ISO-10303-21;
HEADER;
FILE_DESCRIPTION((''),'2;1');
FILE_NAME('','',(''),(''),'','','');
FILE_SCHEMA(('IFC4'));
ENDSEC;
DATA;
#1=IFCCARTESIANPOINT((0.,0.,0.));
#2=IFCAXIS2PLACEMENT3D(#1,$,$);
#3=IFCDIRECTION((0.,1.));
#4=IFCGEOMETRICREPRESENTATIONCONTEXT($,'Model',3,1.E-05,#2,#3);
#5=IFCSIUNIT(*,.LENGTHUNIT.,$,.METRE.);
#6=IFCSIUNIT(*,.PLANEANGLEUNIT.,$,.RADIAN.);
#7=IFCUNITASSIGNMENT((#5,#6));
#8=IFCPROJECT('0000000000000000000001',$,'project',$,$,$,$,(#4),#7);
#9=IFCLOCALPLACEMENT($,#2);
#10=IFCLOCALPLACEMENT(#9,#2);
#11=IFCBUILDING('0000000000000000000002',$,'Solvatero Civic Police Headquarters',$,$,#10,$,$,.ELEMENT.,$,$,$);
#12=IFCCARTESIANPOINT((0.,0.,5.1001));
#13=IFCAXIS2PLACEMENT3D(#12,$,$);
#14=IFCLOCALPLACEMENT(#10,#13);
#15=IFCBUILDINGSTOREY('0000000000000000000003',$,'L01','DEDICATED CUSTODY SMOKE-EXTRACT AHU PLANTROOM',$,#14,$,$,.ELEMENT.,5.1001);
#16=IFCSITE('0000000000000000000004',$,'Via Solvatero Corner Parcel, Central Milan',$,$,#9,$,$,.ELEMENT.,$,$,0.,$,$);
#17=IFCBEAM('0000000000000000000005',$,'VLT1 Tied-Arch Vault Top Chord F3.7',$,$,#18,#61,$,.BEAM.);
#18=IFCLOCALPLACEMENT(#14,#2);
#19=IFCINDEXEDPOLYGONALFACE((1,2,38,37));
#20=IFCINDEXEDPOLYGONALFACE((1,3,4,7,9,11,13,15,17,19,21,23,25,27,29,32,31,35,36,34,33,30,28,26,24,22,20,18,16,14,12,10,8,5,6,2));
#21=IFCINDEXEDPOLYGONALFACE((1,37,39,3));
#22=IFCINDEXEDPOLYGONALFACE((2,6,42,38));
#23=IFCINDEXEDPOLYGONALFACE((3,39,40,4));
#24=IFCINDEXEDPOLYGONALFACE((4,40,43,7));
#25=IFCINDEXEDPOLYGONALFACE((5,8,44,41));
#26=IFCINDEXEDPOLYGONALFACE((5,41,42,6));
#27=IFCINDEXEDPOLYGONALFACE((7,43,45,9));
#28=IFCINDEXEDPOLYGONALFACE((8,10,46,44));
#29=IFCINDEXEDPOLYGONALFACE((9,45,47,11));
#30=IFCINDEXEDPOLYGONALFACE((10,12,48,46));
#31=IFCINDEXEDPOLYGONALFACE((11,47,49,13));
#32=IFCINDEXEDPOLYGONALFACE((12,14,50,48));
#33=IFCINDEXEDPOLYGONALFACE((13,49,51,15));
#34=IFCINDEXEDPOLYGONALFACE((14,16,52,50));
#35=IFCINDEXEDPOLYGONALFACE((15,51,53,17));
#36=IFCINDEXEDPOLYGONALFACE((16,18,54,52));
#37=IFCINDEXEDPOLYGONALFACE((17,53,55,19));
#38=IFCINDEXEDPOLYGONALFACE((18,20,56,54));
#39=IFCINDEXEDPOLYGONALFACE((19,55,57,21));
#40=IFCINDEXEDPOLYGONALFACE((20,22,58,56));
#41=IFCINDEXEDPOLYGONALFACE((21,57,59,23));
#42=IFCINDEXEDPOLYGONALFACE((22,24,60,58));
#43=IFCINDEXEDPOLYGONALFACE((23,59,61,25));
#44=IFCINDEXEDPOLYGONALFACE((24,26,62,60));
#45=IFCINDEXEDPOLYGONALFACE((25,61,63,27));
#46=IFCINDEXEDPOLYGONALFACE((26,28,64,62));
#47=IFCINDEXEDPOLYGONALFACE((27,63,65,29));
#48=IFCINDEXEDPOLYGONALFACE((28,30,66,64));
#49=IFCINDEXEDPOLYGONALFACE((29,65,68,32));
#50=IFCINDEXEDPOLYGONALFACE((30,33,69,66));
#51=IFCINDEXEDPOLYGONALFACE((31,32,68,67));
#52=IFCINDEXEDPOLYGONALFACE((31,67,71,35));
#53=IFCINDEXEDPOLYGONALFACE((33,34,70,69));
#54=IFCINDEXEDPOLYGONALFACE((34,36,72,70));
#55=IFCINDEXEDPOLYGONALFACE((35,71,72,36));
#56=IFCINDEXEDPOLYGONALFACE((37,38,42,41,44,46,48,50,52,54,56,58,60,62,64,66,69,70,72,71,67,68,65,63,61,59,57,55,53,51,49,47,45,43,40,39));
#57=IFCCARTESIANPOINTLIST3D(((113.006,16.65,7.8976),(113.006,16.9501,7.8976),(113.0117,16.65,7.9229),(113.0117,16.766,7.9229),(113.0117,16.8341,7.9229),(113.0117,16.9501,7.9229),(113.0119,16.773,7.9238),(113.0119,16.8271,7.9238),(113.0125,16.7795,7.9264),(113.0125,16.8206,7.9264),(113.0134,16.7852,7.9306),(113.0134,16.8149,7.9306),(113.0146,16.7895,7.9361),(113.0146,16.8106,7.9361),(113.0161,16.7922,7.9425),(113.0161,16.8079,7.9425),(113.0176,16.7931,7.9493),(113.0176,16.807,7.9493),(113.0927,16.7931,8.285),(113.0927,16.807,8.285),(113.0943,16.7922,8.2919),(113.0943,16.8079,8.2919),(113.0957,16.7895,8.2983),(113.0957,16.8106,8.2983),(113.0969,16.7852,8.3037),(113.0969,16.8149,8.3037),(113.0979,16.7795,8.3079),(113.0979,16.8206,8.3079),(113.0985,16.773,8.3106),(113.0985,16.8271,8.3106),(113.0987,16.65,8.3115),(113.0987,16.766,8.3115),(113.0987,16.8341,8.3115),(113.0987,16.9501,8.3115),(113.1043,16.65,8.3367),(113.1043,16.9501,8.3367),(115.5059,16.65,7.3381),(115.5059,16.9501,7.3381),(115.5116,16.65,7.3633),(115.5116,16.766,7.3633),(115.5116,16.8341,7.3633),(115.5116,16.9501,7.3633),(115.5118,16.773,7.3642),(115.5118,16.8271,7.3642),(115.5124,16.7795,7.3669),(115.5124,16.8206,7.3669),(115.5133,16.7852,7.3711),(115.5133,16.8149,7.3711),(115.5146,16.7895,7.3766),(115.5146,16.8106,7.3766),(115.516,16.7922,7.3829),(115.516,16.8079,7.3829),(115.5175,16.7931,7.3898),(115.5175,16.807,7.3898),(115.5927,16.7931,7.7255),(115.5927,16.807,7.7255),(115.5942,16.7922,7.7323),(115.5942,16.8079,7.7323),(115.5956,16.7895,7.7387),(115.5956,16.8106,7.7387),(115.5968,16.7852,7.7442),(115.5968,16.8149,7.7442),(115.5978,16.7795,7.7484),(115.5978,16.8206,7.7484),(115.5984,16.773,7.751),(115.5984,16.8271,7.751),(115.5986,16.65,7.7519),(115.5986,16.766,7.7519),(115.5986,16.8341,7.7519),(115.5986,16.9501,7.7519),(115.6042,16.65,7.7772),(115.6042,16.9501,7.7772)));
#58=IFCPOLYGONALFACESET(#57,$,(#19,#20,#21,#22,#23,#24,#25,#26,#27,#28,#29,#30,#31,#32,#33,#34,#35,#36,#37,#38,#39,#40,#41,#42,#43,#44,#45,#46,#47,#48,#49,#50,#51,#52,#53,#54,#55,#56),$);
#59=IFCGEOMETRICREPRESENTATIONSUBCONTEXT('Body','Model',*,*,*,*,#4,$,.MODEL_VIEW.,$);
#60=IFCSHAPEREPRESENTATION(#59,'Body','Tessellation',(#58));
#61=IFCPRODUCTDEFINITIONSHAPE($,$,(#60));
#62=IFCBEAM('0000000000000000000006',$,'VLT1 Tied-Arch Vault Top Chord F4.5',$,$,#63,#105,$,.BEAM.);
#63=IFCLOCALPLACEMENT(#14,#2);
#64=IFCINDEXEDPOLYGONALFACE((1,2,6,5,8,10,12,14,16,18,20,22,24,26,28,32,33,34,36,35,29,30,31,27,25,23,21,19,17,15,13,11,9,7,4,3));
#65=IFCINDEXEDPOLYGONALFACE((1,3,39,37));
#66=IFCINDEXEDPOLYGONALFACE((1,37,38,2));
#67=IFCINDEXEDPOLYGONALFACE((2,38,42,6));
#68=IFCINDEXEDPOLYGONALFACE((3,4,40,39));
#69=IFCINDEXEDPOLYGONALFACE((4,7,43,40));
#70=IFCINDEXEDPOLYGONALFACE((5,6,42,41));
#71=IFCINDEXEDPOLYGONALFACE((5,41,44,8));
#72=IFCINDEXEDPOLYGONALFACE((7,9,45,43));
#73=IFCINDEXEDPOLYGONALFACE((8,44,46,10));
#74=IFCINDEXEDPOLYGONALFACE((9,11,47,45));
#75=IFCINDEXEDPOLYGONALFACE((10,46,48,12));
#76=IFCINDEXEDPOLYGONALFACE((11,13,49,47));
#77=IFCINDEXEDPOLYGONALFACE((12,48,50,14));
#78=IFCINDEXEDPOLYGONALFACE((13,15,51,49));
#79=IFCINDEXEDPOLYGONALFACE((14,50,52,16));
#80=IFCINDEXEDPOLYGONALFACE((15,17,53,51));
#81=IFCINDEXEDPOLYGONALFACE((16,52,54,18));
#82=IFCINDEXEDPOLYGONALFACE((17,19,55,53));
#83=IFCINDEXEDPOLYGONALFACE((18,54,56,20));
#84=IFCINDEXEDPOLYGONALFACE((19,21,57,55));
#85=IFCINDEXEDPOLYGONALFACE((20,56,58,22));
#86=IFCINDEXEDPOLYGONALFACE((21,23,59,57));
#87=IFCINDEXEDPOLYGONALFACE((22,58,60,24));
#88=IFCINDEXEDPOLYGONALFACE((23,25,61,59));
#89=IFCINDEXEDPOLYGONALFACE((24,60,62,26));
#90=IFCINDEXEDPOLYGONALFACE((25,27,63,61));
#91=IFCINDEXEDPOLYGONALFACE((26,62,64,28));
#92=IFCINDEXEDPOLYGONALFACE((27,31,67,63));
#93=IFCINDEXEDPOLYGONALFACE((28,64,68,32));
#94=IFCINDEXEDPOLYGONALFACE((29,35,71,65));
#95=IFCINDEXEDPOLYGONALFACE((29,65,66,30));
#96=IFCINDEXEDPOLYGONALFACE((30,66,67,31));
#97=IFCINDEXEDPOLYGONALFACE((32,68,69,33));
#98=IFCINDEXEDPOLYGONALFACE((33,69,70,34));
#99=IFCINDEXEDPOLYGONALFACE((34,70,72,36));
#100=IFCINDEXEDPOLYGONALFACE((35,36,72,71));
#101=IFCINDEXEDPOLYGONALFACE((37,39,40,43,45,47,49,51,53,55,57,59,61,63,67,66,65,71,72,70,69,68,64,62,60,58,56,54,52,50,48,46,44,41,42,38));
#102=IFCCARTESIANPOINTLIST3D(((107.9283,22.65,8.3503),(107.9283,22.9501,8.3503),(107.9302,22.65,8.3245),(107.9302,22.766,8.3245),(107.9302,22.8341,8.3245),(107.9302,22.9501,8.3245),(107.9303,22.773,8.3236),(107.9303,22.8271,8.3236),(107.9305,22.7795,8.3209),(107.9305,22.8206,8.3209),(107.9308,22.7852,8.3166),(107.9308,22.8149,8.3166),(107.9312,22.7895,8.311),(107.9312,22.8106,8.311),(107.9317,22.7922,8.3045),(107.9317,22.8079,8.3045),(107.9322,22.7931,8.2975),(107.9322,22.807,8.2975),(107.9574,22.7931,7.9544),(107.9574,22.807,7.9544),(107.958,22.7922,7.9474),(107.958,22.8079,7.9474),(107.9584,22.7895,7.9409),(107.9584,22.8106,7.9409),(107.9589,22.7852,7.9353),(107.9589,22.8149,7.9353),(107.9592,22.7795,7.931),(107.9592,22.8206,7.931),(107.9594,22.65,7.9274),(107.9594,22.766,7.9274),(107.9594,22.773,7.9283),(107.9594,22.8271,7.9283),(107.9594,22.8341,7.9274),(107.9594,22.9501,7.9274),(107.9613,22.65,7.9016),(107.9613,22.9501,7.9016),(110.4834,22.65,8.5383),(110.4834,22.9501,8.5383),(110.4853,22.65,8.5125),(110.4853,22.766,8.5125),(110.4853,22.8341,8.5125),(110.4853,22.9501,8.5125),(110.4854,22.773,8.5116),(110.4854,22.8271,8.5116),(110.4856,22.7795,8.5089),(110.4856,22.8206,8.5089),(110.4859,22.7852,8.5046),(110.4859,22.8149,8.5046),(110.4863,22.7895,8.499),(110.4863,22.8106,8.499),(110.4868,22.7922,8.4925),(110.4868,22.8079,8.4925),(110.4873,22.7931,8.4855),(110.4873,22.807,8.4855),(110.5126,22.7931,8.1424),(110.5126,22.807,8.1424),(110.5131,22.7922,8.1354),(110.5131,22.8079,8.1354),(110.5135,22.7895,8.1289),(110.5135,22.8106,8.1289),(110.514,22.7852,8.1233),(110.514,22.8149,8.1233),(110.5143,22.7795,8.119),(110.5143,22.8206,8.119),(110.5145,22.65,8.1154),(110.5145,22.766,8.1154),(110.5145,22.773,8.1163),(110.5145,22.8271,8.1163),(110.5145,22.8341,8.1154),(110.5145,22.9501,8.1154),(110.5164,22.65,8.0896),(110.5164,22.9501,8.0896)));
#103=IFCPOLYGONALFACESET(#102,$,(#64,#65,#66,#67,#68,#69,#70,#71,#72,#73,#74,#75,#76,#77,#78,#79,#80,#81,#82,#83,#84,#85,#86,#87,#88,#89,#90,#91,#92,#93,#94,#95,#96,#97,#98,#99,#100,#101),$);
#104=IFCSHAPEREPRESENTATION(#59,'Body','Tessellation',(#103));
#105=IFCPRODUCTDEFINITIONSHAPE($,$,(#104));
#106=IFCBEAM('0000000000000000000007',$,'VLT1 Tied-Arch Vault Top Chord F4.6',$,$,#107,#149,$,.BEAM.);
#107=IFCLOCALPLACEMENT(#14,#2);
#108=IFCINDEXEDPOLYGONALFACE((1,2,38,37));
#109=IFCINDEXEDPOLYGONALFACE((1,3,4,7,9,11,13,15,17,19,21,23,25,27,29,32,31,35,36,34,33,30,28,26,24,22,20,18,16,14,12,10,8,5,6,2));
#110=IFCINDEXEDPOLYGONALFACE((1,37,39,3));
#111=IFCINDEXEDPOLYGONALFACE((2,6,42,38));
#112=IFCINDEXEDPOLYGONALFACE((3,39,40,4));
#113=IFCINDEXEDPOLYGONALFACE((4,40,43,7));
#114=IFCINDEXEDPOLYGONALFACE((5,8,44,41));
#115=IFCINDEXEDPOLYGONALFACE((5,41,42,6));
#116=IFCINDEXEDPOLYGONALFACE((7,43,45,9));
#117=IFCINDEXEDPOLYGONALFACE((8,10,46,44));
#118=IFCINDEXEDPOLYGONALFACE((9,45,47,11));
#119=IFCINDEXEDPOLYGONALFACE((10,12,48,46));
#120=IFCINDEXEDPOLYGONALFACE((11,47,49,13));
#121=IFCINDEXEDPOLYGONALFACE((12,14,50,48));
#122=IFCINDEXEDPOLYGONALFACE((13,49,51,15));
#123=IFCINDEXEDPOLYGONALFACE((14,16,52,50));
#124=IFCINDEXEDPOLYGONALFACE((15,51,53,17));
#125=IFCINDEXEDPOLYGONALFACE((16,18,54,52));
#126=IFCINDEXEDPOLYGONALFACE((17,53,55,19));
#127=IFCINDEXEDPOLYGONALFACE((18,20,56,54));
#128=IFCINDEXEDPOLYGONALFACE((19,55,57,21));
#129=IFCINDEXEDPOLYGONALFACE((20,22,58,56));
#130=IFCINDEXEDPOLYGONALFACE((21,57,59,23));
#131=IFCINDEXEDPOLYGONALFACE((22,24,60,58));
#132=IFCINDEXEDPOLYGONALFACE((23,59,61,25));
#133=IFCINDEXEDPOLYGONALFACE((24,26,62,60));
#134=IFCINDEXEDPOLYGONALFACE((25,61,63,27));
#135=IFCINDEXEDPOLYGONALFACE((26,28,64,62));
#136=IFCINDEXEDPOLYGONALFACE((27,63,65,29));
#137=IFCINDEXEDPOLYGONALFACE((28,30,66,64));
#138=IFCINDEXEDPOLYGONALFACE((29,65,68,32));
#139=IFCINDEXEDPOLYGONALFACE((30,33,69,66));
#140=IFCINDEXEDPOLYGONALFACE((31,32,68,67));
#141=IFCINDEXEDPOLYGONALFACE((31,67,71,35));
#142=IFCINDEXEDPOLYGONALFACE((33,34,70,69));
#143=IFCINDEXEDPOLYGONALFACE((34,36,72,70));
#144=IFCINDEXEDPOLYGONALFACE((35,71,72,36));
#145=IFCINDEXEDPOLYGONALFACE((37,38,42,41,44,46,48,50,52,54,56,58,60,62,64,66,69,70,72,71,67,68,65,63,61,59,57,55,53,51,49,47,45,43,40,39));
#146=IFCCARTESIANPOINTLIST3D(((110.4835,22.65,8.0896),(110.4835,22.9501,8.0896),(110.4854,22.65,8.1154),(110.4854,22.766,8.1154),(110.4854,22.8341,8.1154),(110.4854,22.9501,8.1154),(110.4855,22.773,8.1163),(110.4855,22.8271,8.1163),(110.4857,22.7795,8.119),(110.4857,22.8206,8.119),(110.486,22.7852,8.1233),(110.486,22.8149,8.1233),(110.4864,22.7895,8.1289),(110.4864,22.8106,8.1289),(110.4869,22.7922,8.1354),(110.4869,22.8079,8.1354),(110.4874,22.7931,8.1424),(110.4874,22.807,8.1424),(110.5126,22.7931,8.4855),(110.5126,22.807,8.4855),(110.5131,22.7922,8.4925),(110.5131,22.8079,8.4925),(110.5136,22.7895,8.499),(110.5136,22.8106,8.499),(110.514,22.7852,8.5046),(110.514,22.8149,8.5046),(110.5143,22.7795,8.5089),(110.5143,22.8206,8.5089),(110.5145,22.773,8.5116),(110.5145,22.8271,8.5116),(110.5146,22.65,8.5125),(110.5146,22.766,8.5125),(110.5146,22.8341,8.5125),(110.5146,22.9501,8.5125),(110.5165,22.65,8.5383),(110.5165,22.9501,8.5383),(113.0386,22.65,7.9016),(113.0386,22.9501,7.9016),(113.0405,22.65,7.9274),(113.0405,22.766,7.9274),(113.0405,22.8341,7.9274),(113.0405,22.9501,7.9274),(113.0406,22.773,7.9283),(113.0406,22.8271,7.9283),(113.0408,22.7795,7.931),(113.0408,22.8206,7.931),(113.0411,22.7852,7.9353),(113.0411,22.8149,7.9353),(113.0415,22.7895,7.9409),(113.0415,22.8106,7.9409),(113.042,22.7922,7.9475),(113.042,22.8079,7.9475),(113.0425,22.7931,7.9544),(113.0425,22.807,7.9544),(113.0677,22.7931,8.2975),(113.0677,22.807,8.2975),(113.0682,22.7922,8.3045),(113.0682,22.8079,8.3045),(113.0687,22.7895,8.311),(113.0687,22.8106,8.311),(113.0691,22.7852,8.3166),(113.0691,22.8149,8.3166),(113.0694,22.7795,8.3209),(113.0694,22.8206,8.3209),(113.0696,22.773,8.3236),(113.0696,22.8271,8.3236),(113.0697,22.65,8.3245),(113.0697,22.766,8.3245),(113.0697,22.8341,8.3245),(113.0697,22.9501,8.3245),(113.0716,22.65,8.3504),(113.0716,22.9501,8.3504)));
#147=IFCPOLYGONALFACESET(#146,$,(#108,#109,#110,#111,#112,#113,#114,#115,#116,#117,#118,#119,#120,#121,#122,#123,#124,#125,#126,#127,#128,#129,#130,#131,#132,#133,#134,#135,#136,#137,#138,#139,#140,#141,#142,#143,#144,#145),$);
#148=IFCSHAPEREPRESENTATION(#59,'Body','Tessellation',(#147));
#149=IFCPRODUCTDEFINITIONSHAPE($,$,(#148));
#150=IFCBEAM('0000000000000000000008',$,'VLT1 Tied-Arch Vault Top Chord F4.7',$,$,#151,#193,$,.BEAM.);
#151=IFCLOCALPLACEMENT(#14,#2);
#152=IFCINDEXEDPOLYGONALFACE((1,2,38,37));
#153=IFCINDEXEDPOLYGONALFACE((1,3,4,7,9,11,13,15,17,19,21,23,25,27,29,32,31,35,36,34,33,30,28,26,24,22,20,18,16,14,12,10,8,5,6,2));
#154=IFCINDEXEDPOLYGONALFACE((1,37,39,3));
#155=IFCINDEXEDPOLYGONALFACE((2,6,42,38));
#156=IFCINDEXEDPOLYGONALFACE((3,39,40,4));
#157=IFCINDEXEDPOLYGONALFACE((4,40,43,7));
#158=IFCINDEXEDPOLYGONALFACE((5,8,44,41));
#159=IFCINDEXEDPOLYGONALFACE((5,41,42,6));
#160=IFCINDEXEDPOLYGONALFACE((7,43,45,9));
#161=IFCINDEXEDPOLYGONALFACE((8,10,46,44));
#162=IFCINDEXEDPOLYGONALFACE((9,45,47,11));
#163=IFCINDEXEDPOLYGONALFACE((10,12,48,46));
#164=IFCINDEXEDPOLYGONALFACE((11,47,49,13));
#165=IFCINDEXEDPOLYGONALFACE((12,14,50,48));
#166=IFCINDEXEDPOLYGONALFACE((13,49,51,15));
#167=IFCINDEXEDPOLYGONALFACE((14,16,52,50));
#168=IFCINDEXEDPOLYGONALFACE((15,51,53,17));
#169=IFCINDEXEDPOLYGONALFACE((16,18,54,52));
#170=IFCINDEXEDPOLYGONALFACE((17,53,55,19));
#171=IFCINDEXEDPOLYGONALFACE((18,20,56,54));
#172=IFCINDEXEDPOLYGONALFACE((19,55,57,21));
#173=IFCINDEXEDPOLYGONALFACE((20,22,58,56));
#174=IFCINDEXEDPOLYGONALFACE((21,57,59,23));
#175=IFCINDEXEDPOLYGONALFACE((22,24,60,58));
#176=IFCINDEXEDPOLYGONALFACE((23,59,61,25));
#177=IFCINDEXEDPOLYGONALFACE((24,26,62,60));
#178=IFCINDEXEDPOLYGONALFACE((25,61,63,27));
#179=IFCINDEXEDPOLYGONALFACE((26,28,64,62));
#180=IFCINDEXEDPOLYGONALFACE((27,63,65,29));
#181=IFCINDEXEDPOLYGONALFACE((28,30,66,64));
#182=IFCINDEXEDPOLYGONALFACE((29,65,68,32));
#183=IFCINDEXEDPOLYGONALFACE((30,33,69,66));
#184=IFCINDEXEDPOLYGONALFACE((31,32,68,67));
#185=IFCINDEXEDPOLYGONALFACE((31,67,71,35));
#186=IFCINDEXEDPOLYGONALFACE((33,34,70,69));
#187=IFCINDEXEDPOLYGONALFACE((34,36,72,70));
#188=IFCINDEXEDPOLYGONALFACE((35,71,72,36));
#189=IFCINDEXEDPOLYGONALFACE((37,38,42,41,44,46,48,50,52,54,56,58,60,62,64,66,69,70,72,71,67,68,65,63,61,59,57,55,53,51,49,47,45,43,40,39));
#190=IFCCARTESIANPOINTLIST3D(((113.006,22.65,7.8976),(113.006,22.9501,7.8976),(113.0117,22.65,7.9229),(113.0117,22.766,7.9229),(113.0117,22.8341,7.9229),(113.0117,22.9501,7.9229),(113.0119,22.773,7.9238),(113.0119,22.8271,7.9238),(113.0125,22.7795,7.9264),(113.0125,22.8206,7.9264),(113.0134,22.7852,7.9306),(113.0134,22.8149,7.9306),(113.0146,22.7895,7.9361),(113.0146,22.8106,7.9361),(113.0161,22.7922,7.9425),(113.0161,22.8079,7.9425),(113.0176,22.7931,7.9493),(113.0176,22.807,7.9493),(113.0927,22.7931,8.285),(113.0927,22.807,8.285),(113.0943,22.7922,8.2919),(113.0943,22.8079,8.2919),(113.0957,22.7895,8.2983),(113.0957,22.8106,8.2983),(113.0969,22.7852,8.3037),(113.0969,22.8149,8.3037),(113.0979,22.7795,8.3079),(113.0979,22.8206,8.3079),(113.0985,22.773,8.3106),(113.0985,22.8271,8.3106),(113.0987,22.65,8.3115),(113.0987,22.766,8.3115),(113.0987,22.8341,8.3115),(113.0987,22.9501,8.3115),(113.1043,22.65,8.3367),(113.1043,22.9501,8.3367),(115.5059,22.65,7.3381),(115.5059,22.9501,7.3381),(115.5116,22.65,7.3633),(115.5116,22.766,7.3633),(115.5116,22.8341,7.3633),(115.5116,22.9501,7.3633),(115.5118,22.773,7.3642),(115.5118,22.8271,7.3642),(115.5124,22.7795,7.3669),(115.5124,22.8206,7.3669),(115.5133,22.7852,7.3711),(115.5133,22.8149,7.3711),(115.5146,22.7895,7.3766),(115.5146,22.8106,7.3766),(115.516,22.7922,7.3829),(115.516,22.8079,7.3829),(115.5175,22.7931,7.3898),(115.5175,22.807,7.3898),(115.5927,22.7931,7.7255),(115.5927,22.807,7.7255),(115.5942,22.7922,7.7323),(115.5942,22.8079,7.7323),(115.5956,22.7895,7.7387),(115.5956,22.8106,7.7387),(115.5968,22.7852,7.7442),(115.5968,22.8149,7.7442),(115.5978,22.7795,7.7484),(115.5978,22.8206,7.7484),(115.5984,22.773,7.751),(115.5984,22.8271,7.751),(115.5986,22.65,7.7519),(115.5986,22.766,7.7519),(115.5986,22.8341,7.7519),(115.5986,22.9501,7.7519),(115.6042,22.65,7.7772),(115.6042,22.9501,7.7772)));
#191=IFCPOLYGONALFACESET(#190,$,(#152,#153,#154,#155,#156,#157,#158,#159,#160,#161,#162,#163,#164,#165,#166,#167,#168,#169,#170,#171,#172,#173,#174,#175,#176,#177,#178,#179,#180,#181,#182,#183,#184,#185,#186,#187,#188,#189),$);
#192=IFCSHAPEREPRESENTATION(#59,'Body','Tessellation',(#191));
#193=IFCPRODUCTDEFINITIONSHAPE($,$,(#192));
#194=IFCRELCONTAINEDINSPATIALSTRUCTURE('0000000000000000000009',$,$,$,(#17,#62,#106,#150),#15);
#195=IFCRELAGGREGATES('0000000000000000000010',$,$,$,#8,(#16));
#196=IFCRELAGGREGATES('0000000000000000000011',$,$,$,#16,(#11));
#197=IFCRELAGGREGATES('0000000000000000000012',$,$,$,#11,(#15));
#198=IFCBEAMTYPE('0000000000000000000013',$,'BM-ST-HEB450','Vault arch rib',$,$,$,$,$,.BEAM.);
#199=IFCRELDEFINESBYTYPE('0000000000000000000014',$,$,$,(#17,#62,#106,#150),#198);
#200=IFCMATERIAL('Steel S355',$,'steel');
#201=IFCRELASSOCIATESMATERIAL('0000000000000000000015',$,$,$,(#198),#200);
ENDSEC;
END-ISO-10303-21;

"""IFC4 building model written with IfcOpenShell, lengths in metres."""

from ifc_helpers import new_model, si_unit, direction, frame, origin, origin_2d, place, context, subcontext, project, spatial, i_section, extrude, material, material_profile, profile_set, type_object, element, save


model = new_model("IFC4")

# Units and contexts
model_context = context("Model", 3, precision=1e-05, world=origin(), true_north=direction((0.0, 1.0)))
body_context = subcontext(model_context, "Body", "Model", "MODEL_VIEW")
ifc_project = project(units=[si_unit("LENGTHUNIT", "METRE"), si_unit("PLANEANGLEUNIT", "RADIAN")], contexts=[model_context])

# Site, building, storey
site_placement = place(None, origin())
site = spatial("IfcSite", under=ifc_project, at=site_placement, Name="Via Solvatero Corner Parcel, Central Milan", CompositionType="ELEMENT", RefElevation=0.0)
building_placement = place(site_placement, origin())
building = spatial("IfcBuilding", under=site, at=building_placement, Name="Solvatero Civic Police Headquarters", CompositionType="ELEMENT")
storey_placement = place(building_placement, frame((0.0, 0.0, 5.1001)))
storey = spatial("IfcBuildingStorey", under=building, at=storey_placement, Name="L01", Description="DEDICATED CUSTODY SMOKE-EXTRACT AHU PLANTROOM", CompositionType="ELEMENT", Elevation=5.1001)

# Beams
ifc_material = material(Name="Steel S355", Category="steel")
ifc_material_profile_1 = material_profile(ifc_material, i_section(OverallWidth=0.3, OverallDepth=0.45, WebThickness=0.0139, FlangeThickness=0.0259, FilletRadius=0.0271, at=origin_2d()), Name="HEB 450")
ifc_profile_set_1 = profile_set([ifc_material_profile_1], Name="Steel S355")
beam_type_1 = type_object("IfcBeamType", Name="BM-ST-HEB450", Description="Vault arch rib", PredefinedType="BEAM", material=ifc_profile_set_1)
beam_1_placement = place(storey_placement, frame((113.0552, 16.8, 8.1172), z_axis=(0.975854, 0.0, -0.218424), x_axis=(0.0, 1.0, 0.0)))
element("IfcBeam", 1, at=beam_1_placement, inside=storey, type_object=beam_type_1, Name="VLT1 Tied-Arch Vault Top Chord F3.7", PredefinedType="BEAM", context=body_context, shape_type="SweptSolid", body=[
    extrude(i_section(OverallWidth=0.3, OverallDepth=0.45, WebThickness=0.0139, FlangeThickness=0.0259, FilletRadius=0.0271, at=origin_2d()), origin(), (0.0, 0.0, 1.0), 2.5618),
])
for number, where, z_axis, x_axis, name in (
    (2, (107.9448, 22.8, 8.126), (0.997305, 0.0, 0.073373), (0.0, 1.0, 0.0), "VLT1 Tied-Arch Vault Top Chord F4.5"),
    (3, (110.5, 22.8, 8.314), (0.997305, 0.0, -0.073373), (0.0, 1.0, 0.0), "VLT1 Tied-Arch Vault Top Chord F4.6"),
):
    element("IfcBeam", number, at=place(storey_placement, frame(where, z_axis=z_axis, x_axis=x_axis)), inside=storey, type_object=beam_type_1, Name=name, PredefinedType="BEAM", context=body_context, shape_type="SweptSolid", body=[
        extrude(i_section(OverallWidth=0.3, OverallDepth=0.45, WebThickness=0.0139, FlangeThickness=0.0259, FilletRadius=0.0271, at=origin_2d()), origin(), (0.0, 0.0, 1.0), 2.562),
    ])
beam_2_placement = place(storey_placement, frame((113.0552, 22.8, 8.1172), z_axis=(0.975854, 0.0, -0.218424), x_axis=(0.0, 1.0, 0.0)))
element("IfcBeam", 4, at=beam_2_placement, inside=storey, type_object=beam_type_1, Name="VLT1 Tied-Arch Vault Top Chord F4.7", PredefinedType="BEAM", context=body_context, shape_type="SweptSolid", body=[
    extrude(i_section(OverallWidth=0.3, OverallDepth=0.45, WebThickness=0.0139, FlangeThickness=0.0259, FilletRadius=0.0271, at=origin_2d()), origin(), (0.0, 0.0, 1.0), 2.5618),
])

save(model, "model.ifc")
